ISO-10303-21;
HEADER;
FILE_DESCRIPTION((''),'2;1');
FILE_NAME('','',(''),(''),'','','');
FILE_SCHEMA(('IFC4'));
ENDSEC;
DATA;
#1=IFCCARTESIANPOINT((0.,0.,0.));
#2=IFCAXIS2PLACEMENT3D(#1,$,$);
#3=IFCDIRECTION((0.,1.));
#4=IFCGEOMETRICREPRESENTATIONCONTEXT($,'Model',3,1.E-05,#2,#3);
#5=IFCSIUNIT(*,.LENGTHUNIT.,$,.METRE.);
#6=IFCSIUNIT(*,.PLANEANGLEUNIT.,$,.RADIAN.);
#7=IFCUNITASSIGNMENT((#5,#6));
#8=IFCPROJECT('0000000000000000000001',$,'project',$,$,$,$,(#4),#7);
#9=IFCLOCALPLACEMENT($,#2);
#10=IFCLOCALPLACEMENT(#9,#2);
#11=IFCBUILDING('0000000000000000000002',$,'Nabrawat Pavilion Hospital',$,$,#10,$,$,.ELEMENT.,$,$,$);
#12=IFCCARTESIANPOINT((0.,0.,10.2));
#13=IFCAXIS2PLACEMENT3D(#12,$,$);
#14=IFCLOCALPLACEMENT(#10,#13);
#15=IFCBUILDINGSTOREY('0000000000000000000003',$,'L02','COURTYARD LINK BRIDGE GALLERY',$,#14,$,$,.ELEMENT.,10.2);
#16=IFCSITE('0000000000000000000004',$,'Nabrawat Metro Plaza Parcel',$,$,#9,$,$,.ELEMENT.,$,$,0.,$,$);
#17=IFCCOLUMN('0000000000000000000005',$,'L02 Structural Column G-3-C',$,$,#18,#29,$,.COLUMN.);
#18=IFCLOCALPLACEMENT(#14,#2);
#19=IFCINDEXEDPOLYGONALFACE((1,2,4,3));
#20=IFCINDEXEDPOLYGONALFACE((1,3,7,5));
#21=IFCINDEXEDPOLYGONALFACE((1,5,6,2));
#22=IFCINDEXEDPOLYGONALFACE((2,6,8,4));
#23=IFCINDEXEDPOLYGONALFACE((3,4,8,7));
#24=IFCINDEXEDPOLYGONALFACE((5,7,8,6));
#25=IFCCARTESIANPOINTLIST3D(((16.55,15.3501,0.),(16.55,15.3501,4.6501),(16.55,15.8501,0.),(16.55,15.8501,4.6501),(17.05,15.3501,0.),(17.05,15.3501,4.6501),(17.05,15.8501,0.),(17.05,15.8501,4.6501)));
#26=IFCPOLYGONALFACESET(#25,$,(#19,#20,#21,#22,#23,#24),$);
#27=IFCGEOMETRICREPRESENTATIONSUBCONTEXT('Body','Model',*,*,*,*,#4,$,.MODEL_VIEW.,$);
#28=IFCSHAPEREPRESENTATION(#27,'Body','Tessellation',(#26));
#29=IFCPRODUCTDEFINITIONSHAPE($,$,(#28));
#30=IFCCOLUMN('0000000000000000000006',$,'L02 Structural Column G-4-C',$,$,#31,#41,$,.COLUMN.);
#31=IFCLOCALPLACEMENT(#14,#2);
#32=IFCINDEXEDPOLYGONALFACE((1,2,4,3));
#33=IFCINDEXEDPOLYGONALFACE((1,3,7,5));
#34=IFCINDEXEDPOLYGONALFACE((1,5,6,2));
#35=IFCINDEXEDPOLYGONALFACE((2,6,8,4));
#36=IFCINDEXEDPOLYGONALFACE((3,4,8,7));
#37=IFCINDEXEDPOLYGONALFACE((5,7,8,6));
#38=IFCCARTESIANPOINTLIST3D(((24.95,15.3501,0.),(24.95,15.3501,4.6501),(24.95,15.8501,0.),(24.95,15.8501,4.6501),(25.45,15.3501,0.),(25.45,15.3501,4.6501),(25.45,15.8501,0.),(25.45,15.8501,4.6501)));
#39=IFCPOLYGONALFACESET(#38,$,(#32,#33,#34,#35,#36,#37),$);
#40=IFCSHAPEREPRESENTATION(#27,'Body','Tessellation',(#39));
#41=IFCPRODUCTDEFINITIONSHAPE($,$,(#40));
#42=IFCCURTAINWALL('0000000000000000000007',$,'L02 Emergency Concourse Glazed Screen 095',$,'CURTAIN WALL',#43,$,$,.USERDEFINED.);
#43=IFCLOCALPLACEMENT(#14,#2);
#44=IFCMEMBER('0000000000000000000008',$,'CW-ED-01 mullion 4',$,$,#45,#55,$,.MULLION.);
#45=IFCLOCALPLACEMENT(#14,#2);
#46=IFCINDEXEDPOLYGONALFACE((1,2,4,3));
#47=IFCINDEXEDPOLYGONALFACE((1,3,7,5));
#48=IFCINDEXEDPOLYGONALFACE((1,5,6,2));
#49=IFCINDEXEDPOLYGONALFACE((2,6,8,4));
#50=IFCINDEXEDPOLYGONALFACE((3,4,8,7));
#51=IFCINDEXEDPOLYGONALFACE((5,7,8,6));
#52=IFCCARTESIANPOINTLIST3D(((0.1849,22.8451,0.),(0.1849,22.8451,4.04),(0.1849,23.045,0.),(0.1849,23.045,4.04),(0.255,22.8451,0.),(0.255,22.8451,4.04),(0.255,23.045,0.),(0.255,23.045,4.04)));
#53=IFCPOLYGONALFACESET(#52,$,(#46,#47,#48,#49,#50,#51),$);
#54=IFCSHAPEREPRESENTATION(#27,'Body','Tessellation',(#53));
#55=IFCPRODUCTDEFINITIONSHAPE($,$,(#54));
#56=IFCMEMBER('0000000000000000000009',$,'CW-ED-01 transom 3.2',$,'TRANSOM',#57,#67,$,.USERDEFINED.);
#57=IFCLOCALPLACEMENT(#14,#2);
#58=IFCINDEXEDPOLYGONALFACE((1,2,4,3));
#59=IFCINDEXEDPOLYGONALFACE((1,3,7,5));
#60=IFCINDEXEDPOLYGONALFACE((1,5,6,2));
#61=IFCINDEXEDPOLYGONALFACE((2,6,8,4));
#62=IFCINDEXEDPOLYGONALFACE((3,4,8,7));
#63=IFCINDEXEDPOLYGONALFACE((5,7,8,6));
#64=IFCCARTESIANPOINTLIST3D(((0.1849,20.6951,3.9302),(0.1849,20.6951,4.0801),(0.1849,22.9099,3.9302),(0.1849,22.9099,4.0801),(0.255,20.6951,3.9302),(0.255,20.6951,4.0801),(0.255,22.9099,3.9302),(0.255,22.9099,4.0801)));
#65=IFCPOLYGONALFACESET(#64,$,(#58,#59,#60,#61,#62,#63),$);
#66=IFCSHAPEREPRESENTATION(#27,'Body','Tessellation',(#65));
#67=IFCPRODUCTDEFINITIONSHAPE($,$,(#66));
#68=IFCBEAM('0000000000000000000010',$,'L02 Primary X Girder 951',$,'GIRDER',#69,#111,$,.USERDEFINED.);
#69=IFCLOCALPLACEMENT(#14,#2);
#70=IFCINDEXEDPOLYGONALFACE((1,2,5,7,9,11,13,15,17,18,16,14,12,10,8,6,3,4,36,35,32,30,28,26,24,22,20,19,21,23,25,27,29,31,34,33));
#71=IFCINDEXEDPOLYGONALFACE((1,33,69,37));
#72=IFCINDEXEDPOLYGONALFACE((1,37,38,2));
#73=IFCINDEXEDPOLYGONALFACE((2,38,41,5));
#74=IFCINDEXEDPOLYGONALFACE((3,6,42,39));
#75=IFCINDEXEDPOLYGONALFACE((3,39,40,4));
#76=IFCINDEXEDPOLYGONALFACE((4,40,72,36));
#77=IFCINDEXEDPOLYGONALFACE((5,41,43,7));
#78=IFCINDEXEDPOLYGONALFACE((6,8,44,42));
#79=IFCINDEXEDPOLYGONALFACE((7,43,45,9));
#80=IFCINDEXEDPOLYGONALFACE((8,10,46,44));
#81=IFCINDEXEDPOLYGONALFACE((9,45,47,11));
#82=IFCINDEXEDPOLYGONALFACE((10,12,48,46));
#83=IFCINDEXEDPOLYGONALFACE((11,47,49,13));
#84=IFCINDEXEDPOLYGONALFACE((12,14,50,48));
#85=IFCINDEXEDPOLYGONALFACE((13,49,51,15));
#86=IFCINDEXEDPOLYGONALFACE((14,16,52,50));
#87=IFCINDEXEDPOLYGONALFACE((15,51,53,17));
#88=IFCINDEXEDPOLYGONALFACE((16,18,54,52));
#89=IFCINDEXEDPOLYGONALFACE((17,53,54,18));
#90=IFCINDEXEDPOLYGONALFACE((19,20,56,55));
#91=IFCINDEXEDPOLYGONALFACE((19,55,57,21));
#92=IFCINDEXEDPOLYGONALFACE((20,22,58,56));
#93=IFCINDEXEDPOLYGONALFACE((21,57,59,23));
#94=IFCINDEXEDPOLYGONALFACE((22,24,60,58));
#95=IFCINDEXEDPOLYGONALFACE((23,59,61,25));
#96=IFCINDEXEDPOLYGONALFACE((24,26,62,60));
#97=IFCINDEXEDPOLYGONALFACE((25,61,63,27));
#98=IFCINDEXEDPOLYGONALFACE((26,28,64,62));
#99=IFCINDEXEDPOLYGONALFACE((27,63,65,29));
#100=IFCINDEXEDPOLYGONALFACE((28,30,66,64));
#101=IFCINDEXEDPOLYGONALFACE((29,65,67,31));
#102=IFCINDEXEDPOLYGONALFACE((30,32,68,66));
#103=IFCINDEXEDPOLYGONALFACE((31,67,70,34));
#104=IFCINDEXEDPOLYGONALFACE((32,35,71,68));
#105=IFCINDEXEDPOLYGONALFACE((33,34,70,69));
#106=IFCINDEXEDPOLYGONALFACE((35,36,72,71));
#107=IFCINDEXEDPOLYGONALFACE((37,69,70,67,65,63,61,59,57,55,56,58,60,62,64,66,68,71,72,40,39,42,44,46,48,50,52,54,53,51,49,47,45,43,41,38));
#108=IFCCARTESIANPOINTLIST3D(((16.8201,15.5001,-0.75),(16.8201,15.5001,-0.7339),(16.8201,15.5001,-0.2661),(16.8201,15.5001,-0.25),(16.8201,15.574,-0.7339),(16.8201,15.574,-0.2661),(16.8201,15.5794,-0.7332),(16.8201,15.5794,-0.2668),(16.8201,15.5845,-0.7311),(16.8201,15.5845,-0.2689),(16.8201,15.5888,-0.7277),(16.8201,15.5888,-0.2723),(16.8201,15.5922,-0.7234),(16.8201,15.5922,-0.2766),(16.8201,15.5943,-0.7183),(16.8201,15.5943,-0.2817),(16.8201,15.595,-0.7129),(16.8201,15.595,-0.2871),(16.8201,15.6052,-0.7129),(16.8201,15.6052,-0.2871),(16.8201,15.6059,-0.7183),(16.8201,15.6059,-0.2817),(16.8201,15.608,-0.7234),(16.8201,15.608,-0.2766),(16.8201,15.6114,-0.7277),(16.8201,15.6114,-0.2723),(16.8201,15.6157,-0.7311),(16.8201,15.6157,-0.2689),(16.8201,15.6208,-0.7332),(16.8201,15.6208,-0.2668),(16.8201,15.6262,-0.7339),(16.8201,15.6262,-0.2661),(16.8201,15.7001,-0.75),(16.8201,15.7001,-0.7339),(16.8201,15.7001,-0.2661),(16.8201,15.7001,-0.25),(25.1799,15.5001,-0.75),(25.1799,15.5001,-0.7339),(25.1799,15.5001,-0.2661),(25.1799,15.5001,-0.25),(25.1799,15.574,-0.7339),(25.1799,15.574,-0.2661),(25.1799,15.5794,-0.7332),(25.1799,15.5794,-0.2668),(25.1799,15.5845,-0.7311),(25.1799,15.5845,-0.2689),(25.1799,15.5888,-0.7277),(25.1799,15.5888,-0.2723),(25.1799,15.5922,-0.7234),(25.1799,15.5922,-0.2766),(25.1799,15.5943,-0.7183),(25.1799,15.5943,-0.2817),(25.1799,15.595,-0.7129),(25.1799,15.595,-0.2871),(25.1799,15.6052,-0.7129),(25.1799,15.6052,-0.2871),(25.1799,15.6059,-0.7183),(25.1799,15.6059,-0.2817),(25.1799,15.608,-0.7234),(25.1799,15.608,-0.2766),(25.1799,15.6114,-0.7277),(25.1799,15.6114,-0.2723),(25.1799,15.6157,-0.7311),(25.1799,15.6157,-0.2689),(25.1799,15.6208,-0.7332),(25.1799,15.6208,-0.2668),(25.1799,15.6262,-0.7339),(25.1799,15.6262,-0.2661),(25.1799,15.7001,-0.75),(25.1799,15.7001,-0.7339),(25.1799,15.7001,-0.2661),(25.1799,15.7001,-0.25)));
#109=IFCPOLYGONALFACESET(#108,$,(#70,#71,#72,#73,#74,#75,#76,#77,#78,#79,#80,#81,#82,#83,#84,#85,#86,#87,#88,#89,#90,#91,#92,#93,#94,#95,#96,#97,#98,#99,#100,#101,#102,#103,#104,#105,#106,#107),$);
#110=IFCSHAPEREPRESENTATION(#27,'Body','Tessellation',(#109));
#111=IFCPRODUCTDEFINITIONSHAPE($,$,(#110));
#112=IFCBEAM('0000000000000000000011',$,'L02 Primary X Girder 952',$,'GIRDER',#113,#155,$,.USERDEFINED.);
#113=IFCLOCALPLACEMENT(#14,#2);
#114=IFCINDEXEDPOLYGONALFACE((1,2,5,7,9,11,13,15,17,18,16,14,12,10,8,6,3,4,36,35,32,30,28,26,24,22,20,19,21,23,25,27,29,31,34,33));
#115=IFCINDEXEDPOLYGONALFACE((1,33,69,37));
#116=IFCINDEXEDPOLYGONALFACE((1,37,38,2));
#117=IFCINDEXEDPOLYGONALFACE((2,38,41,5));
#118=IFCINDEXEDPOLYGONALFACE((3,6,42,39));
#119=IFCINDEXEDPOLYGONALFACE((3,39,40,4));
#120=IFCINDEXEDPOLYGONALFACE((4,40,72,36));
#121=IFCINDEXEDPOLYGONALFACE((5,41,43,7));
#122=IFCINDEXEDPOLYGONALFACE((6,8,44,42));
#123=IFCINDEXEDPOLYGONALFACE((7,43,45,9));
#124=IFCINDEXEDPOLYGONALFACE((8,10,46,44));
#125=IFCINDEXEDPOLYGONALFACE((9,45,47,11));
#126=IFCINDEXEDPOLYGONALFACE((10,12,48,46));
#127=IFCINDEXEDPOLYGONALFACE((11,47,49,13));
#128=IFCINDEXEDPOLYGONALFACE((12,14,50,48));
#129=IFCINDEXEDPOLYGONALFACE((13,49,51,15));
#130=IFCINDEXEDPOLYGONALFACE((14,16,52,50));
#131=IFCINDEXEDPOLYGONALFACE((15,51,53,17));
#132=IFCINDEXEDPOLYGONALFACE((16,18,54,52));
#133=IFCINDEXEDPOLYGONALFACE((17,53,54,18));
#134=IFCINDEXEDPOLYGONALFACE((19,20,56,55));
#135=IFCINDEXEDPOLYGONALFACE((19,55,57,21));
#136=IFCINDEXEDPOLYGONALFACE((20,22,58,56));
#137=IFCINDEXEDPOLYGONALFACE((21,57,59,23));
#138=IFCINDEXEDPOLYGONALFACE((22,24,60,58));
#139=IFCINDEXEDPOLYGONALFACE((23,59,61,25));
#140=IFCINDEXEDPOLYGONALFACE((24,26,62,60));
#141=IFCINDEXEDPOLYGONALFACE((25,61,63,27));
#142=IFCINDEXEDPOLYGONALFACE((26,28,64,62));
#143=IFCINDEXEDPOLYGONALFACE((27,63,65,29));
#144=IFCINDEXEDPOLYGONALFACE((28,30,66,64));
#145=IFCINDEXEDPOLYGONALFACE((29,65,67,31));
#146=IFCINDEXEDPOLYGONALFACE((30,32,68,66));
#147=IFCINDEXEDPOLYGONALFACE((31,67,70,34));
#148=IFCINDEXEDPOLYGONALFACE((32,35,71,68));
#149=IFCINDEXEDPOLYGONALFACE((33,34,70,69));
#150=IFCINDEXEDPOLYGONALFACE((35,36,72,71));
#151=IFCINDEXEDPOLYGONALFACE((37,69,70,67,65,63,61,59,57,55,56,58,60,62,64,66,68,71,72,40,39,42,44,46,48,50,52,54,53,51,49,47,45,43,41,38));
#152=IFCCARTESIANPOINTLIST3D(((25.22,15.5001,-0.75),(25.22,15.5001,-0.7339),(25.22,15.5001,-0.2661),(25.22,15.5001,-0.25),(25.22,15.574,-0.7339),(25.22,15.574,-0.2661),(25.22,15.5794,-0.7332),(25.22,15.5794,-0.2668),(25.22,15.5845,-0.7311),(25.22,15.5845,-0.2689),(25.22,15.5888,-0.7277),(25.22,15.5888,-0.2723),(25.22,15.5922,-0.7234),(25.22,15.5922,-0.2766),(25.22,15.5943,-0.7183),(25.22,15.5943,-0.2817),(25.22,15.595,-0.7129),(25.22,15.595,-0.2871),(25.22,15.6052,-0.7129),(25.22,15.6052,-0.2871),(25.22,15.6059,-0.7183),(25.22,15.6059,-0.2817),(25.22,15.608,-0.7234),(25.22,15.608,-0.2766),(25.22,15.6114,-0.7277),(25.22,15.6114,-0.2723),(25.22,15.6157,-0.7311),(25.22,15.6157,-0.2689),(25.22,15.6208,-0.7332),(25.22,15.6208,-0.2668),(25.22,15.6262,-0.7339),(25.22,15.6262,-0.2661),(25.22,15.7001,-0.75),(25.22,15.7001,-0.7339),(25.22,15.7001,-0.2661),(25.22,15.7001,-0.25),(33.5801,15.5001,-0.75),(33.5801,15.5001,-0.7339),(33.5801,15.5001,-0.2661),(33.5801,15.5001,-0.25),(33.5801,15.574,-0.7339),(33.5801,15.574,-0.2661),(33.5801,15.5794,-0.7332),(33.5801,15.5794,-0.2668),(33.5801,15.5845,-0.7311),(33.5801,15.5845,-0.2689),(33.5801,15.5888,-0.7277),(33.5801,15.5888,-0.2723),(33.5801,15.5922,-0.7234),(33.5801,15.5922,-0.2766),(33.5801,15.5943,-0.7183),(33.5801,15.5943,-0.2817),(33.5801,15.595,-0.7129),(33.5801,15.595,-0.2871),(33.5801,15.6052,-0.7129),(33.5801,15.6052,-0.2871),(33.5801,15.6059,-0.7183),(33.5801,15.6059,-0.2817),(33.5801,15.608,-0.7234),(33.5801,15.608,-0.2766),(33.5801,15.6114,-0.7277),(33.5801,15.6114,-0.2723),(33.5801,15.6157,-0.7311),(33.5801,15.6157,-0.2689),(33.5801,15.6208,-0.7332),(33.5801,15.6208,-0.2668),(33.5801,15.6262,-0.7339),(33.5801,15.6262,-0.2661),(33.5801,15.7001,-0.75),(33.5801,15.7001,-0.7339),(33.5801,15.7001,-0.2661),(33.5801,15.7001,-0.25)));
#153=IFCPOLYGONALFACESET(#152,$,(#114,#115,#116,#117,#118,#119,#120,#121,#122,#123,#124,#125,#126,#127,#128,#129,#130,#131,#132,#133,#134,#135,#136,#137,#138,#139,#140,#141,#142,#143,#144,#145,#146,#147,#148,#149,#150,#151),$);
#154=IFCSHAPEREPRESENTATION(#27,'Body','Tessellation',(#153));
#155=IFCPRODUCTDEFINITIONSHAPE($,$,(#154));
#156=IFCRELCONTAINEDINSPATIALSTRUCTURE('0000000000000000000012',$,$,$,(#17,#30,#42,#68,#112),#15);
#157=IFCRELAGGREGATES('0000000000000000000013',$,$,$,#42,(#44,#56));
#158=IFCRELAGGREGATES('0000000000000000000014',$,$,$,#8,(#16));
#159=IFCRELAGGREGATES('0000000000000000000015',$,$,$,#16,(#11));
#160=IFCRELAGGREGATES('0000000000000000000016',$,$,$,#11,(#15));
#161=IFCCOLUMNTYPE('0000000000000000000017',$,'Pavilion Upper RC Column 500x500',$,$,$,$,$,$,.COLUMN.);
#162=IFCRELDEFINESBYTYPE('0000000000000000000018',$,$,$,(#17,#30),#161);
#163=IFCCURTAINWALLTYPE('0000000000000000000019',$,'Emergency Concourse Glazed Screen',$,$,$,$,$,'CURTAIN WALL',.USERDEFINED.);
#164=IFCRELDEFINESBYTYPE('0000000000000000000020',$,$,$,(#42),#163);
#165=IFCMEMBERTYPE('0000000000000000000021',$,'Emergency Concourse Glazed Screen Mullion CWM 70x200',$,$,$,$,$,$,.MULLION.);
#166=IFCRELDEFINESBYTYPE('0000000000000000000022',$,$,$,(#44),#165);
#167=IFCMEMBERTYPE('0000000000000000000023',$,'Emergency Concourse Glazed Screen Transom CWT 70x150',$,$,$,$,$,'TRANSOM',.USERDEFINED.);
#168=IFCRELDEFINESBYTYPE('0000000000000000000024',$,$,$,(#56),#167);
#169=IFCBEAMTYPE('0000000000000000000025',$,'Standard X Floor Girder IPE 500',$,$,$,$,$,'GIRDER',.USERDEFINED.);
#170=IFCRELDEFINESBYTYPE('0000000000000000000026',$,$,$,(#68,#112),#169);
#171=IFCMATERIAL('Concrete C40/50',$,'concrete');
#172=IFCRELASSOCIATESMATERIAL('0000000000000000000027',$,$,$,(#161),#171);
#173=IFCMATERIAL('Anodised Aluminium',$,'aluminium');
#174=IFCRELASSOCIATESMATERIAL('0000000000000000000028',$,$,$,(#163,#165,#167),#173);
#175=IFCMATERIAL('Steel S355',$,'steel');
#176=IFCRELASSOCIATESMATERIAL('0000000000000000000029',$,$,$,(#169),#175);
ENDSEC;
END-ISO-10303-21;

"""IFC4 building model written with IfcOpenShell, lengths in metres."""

from ifc_helpers import new_model, si_unit, direction, frame, origin, origin_2d, place, context, subcontext, project, spatial, rectangle, i_section, extrude, material, material_profile, profile_set, type_object, element, aggregate, save


model = new_model("IFC4")

# Units and contexts
model_context = context("Model", 3, precision=1e-05, world=origin(), true_north=direction((0.0, 1.0)))
body_context = subcontext(model_context, "Body", "Model", "MODEL_VIEW")
ifc_project = project(units=[si_unit("LENGTHUNIT", "METRE"), si_unit("PLANEANGLEUNIT", "RADIAN")], contexts=[model_context])

# Site, building, storey
site_placement = place(None, origin())
site = spatial("IfcSite", under=ifc_project, at=site_placement, Name="Nabrawat Metro Plaza Parcel", CompositionType="ELEMENT", RefElevation=0.0)
building_placement = place(site_placement, origin())
building = spatial("IfcBuilding", under=site, at=building_placement, Name="Nabrawat Pavilion Hospital", CompositionType="ELEMENT")
storey_placement = place(building_placement, frame((0.0, 0.0, 10.2)))
storey = spatial("IfcBuildingStorey", under=building, at=storey_placement, Name="L02", Description="COURTYARD LINK BRIDGE GALLERY", CompositionType="ELEMENT", Elevation=10.2)

# Columns
ifc_material_1 = material(Name="Concrete C40/50", Category="concrete")
ifc_material_profile_1 = material_profile(ifc_material_1, rectangle(XDim=0.5, YDim=0.5, at=origin_2d()), Name="RC 500x500")
ifc_profile_set_1 = profile_set([ifc_material_profile_1], Name="Concrete C40/50")
column_type = type_object("IfcColumnType", Name="Pavilion Upper RC Column 500x500", PredefinedType="COLUMN", material=ifc_profile_set_1)
for number, where, z_axis, x_axis, name in (
    (1, (16.8, 15.6001, 0.0), (0.0, 0.0, 1.0), (1.0, 0.0, 0.0), "L02 Structural Column G-3-C"),
    (2, (25.2, 15.6001, 0.0), (0.0, 0.0, 1.0), (1.0, 0.0, 0.0), "L02 Structural Column G-4-C"),
):
    element("IfcColumn", number, at=place(storey_placement, frame(where, z_axis=z_axis, x_axis=x_axis)), inside=storey, type_object=column_type, Name=name, PredefinedType="COLUMN", context=body_context, shape_type="SweptSolid", body=[
        extrude(rectangle(XDim=0.5, YDim=0.5, at=origin_2d()), origin(), (0.0, 0.0, 1.0), 4.6501),
    ])

# Curtain wall, members
ifc_material_2 = material(Name="Anodised Aluminium", Category="aluminium")
curtain_wall_type = type_object("IfcCurtainWallType", Name="Emergency Concourse Glazed Screen", ElementType="CURTAIN WALL", PredefinedType="USERDEFINED", material=ifc_material_2)
curtain_wall_placement = place(storey_placement, origin())
curtain_wall = element("IfcCurtainWall", 3, at=curtain_wall_placement, inside=storey, type_object=curtain_wall_type, Name="L02 Emergency Concourse Glazed Screen 095", ObjectType="CURTAIN WALL", PredefinedType="USERDEFINED")
ifc_material_profile_2 = material_profile(ifc_material_2, rectangle(XDim=0.0701, YDim=0.2, at=origin_2d()), Name="CWM 70x200")
ifc_profile_set_2 = profile_set([ifc_material_profile_2], Name="Anodised Aluminium")
member_type_1 = type_object("IfcMemberType", Name="Emergency Concourse Glazed Screen Mullion CWM 70x200", PredefinedType="MULLION", material=ifc_profile_set_2)
member_1_placement = place(storey_placement, frame((0.22, 22.9451, 0.0), z_axis=(0.0, 0.0, 1.0), x_axis=(-1.0, 0.0, 0.0)))
member_1 = element("IfcMember", 4, at=member_1_placement, type_object=member_type_1, Name="CW-ED-01 mullion 4", PredefinedType="MULLION", context=body_context, shape_type="SweptSolid", body=[
    extrude(rectangle(XDim=0.0701, YDim=0.2, at=origin_2d()), origin(), (0.0, 0.0, 1.0), 4.04),
])
ifc_material_profile_3 = material_profile(ifc_material_2, rectangle(XDim=0.0701, YDim=0.1499, at=origin_2d()), Name="CWT 70x150")
ifc_profile_set_3 = profile_set([ifc_material_profile_3], Name="Anodised Aluminium")
member_type_2 = type_object("IfcMemberType", Name="Emergency Concourse Glazed Screen Transom CWT 70x150", ElementType="TRANSOM", PredefinedType="USERDEFINED", material=ifc_profile_set_3)
member_2_placement = place(storey_placement, frame((0.22, 20.6951, 4.0051), z_axis=(0.0, 1.0, 0.0), x_axis=(-1.0, 0.0, 0.0)))
member_2 = element("IfcMember", 5, at=member_2_placement, type_object=member_type_2, Name="CW-ED-01 transom 3.2", ObjectType="TRANSOM", PredefinedType="USERDEFINED", context=body_context, shape_type="SweptSolid", body=[
    extrude(rectangle(XDim=0.0701, YDim=0.1499, at=origin_2d()), origin(), (0.0, 0.0, 1.0), 2.2148),
])

# Beams
ifc_material_3 = material(Name="Steel S355", Category="steel")
ifc_material_profile_4 = material_profile(ifc_material_3, i_section(OverallWidth=0.2, OverallDepth=0.5, WebThickness=0.0103, FlangeThickness=0.0161, FilletRadius=0.021, at=origin_2d()), Name="IPE 500")
ifc_profile_set_4 = profile_set([ifc_material_profile_4], Name="Steel S355")
beam_type_1 = type_object("IfcBeamType", Name="Standard X Floor Girder IPE 500", ElementType="GIRDER", PredefinedType="USERDEFINED", material=ifc_profile_set_4)
beam_1_placement = place(storey_placement, frame((16.8201, 15.6001, -0.5), z_axis=(1.0, 0.0, 0.0), x_axis=(0.0, 1.0, 0.0)))
element("IfcBeam", 6, at=beam_1_placement, inside=storey, type_object=beam_type_1, Name="L02 Primary X Girder 951", ObjectType="GIRDER", PredefinedType="USERDEFINED", context=body_context, shape_type="SweptSolid", body=[
    extrude(i_section(OverallWidth=0.2, OverallDepth=0.5, WebThickness=0.0103, FlangeThickness=0.0161, FilletRadius=0.021, at=origin_2d()), origin(), (0.0, 0.0, 1.0), 8.3599),
])
beam_2_placement = place(storey_placement, frame((25.22, 15.6001, -0.5), z_axis=(1.0, 0.0, 0.0), x_axis=(0.0, 1.0, 0.0)))
element("IfcBeam", 7, at=beam_2_placement, inside=storey, type_object=beam_type_1, Name="L02 Primary X Girder 952", ObjectType="GIRDER", PredefinedType="USERDEFINED", context=body_context, shape_type="SweptSolid", body=[
    extrude(i_section(OverallWidth=0.2, OverallDepth=0.5, WebThickness=0.0103, FlangeThickness=0.0161, FilletRadius=0.021, at=origin_2d()), origin(), (0.0, 0.0, 1.0), 8.3601),
])

aggregate(curtain_wall, [member_1, member_2])

save(model, "model.ifc")
